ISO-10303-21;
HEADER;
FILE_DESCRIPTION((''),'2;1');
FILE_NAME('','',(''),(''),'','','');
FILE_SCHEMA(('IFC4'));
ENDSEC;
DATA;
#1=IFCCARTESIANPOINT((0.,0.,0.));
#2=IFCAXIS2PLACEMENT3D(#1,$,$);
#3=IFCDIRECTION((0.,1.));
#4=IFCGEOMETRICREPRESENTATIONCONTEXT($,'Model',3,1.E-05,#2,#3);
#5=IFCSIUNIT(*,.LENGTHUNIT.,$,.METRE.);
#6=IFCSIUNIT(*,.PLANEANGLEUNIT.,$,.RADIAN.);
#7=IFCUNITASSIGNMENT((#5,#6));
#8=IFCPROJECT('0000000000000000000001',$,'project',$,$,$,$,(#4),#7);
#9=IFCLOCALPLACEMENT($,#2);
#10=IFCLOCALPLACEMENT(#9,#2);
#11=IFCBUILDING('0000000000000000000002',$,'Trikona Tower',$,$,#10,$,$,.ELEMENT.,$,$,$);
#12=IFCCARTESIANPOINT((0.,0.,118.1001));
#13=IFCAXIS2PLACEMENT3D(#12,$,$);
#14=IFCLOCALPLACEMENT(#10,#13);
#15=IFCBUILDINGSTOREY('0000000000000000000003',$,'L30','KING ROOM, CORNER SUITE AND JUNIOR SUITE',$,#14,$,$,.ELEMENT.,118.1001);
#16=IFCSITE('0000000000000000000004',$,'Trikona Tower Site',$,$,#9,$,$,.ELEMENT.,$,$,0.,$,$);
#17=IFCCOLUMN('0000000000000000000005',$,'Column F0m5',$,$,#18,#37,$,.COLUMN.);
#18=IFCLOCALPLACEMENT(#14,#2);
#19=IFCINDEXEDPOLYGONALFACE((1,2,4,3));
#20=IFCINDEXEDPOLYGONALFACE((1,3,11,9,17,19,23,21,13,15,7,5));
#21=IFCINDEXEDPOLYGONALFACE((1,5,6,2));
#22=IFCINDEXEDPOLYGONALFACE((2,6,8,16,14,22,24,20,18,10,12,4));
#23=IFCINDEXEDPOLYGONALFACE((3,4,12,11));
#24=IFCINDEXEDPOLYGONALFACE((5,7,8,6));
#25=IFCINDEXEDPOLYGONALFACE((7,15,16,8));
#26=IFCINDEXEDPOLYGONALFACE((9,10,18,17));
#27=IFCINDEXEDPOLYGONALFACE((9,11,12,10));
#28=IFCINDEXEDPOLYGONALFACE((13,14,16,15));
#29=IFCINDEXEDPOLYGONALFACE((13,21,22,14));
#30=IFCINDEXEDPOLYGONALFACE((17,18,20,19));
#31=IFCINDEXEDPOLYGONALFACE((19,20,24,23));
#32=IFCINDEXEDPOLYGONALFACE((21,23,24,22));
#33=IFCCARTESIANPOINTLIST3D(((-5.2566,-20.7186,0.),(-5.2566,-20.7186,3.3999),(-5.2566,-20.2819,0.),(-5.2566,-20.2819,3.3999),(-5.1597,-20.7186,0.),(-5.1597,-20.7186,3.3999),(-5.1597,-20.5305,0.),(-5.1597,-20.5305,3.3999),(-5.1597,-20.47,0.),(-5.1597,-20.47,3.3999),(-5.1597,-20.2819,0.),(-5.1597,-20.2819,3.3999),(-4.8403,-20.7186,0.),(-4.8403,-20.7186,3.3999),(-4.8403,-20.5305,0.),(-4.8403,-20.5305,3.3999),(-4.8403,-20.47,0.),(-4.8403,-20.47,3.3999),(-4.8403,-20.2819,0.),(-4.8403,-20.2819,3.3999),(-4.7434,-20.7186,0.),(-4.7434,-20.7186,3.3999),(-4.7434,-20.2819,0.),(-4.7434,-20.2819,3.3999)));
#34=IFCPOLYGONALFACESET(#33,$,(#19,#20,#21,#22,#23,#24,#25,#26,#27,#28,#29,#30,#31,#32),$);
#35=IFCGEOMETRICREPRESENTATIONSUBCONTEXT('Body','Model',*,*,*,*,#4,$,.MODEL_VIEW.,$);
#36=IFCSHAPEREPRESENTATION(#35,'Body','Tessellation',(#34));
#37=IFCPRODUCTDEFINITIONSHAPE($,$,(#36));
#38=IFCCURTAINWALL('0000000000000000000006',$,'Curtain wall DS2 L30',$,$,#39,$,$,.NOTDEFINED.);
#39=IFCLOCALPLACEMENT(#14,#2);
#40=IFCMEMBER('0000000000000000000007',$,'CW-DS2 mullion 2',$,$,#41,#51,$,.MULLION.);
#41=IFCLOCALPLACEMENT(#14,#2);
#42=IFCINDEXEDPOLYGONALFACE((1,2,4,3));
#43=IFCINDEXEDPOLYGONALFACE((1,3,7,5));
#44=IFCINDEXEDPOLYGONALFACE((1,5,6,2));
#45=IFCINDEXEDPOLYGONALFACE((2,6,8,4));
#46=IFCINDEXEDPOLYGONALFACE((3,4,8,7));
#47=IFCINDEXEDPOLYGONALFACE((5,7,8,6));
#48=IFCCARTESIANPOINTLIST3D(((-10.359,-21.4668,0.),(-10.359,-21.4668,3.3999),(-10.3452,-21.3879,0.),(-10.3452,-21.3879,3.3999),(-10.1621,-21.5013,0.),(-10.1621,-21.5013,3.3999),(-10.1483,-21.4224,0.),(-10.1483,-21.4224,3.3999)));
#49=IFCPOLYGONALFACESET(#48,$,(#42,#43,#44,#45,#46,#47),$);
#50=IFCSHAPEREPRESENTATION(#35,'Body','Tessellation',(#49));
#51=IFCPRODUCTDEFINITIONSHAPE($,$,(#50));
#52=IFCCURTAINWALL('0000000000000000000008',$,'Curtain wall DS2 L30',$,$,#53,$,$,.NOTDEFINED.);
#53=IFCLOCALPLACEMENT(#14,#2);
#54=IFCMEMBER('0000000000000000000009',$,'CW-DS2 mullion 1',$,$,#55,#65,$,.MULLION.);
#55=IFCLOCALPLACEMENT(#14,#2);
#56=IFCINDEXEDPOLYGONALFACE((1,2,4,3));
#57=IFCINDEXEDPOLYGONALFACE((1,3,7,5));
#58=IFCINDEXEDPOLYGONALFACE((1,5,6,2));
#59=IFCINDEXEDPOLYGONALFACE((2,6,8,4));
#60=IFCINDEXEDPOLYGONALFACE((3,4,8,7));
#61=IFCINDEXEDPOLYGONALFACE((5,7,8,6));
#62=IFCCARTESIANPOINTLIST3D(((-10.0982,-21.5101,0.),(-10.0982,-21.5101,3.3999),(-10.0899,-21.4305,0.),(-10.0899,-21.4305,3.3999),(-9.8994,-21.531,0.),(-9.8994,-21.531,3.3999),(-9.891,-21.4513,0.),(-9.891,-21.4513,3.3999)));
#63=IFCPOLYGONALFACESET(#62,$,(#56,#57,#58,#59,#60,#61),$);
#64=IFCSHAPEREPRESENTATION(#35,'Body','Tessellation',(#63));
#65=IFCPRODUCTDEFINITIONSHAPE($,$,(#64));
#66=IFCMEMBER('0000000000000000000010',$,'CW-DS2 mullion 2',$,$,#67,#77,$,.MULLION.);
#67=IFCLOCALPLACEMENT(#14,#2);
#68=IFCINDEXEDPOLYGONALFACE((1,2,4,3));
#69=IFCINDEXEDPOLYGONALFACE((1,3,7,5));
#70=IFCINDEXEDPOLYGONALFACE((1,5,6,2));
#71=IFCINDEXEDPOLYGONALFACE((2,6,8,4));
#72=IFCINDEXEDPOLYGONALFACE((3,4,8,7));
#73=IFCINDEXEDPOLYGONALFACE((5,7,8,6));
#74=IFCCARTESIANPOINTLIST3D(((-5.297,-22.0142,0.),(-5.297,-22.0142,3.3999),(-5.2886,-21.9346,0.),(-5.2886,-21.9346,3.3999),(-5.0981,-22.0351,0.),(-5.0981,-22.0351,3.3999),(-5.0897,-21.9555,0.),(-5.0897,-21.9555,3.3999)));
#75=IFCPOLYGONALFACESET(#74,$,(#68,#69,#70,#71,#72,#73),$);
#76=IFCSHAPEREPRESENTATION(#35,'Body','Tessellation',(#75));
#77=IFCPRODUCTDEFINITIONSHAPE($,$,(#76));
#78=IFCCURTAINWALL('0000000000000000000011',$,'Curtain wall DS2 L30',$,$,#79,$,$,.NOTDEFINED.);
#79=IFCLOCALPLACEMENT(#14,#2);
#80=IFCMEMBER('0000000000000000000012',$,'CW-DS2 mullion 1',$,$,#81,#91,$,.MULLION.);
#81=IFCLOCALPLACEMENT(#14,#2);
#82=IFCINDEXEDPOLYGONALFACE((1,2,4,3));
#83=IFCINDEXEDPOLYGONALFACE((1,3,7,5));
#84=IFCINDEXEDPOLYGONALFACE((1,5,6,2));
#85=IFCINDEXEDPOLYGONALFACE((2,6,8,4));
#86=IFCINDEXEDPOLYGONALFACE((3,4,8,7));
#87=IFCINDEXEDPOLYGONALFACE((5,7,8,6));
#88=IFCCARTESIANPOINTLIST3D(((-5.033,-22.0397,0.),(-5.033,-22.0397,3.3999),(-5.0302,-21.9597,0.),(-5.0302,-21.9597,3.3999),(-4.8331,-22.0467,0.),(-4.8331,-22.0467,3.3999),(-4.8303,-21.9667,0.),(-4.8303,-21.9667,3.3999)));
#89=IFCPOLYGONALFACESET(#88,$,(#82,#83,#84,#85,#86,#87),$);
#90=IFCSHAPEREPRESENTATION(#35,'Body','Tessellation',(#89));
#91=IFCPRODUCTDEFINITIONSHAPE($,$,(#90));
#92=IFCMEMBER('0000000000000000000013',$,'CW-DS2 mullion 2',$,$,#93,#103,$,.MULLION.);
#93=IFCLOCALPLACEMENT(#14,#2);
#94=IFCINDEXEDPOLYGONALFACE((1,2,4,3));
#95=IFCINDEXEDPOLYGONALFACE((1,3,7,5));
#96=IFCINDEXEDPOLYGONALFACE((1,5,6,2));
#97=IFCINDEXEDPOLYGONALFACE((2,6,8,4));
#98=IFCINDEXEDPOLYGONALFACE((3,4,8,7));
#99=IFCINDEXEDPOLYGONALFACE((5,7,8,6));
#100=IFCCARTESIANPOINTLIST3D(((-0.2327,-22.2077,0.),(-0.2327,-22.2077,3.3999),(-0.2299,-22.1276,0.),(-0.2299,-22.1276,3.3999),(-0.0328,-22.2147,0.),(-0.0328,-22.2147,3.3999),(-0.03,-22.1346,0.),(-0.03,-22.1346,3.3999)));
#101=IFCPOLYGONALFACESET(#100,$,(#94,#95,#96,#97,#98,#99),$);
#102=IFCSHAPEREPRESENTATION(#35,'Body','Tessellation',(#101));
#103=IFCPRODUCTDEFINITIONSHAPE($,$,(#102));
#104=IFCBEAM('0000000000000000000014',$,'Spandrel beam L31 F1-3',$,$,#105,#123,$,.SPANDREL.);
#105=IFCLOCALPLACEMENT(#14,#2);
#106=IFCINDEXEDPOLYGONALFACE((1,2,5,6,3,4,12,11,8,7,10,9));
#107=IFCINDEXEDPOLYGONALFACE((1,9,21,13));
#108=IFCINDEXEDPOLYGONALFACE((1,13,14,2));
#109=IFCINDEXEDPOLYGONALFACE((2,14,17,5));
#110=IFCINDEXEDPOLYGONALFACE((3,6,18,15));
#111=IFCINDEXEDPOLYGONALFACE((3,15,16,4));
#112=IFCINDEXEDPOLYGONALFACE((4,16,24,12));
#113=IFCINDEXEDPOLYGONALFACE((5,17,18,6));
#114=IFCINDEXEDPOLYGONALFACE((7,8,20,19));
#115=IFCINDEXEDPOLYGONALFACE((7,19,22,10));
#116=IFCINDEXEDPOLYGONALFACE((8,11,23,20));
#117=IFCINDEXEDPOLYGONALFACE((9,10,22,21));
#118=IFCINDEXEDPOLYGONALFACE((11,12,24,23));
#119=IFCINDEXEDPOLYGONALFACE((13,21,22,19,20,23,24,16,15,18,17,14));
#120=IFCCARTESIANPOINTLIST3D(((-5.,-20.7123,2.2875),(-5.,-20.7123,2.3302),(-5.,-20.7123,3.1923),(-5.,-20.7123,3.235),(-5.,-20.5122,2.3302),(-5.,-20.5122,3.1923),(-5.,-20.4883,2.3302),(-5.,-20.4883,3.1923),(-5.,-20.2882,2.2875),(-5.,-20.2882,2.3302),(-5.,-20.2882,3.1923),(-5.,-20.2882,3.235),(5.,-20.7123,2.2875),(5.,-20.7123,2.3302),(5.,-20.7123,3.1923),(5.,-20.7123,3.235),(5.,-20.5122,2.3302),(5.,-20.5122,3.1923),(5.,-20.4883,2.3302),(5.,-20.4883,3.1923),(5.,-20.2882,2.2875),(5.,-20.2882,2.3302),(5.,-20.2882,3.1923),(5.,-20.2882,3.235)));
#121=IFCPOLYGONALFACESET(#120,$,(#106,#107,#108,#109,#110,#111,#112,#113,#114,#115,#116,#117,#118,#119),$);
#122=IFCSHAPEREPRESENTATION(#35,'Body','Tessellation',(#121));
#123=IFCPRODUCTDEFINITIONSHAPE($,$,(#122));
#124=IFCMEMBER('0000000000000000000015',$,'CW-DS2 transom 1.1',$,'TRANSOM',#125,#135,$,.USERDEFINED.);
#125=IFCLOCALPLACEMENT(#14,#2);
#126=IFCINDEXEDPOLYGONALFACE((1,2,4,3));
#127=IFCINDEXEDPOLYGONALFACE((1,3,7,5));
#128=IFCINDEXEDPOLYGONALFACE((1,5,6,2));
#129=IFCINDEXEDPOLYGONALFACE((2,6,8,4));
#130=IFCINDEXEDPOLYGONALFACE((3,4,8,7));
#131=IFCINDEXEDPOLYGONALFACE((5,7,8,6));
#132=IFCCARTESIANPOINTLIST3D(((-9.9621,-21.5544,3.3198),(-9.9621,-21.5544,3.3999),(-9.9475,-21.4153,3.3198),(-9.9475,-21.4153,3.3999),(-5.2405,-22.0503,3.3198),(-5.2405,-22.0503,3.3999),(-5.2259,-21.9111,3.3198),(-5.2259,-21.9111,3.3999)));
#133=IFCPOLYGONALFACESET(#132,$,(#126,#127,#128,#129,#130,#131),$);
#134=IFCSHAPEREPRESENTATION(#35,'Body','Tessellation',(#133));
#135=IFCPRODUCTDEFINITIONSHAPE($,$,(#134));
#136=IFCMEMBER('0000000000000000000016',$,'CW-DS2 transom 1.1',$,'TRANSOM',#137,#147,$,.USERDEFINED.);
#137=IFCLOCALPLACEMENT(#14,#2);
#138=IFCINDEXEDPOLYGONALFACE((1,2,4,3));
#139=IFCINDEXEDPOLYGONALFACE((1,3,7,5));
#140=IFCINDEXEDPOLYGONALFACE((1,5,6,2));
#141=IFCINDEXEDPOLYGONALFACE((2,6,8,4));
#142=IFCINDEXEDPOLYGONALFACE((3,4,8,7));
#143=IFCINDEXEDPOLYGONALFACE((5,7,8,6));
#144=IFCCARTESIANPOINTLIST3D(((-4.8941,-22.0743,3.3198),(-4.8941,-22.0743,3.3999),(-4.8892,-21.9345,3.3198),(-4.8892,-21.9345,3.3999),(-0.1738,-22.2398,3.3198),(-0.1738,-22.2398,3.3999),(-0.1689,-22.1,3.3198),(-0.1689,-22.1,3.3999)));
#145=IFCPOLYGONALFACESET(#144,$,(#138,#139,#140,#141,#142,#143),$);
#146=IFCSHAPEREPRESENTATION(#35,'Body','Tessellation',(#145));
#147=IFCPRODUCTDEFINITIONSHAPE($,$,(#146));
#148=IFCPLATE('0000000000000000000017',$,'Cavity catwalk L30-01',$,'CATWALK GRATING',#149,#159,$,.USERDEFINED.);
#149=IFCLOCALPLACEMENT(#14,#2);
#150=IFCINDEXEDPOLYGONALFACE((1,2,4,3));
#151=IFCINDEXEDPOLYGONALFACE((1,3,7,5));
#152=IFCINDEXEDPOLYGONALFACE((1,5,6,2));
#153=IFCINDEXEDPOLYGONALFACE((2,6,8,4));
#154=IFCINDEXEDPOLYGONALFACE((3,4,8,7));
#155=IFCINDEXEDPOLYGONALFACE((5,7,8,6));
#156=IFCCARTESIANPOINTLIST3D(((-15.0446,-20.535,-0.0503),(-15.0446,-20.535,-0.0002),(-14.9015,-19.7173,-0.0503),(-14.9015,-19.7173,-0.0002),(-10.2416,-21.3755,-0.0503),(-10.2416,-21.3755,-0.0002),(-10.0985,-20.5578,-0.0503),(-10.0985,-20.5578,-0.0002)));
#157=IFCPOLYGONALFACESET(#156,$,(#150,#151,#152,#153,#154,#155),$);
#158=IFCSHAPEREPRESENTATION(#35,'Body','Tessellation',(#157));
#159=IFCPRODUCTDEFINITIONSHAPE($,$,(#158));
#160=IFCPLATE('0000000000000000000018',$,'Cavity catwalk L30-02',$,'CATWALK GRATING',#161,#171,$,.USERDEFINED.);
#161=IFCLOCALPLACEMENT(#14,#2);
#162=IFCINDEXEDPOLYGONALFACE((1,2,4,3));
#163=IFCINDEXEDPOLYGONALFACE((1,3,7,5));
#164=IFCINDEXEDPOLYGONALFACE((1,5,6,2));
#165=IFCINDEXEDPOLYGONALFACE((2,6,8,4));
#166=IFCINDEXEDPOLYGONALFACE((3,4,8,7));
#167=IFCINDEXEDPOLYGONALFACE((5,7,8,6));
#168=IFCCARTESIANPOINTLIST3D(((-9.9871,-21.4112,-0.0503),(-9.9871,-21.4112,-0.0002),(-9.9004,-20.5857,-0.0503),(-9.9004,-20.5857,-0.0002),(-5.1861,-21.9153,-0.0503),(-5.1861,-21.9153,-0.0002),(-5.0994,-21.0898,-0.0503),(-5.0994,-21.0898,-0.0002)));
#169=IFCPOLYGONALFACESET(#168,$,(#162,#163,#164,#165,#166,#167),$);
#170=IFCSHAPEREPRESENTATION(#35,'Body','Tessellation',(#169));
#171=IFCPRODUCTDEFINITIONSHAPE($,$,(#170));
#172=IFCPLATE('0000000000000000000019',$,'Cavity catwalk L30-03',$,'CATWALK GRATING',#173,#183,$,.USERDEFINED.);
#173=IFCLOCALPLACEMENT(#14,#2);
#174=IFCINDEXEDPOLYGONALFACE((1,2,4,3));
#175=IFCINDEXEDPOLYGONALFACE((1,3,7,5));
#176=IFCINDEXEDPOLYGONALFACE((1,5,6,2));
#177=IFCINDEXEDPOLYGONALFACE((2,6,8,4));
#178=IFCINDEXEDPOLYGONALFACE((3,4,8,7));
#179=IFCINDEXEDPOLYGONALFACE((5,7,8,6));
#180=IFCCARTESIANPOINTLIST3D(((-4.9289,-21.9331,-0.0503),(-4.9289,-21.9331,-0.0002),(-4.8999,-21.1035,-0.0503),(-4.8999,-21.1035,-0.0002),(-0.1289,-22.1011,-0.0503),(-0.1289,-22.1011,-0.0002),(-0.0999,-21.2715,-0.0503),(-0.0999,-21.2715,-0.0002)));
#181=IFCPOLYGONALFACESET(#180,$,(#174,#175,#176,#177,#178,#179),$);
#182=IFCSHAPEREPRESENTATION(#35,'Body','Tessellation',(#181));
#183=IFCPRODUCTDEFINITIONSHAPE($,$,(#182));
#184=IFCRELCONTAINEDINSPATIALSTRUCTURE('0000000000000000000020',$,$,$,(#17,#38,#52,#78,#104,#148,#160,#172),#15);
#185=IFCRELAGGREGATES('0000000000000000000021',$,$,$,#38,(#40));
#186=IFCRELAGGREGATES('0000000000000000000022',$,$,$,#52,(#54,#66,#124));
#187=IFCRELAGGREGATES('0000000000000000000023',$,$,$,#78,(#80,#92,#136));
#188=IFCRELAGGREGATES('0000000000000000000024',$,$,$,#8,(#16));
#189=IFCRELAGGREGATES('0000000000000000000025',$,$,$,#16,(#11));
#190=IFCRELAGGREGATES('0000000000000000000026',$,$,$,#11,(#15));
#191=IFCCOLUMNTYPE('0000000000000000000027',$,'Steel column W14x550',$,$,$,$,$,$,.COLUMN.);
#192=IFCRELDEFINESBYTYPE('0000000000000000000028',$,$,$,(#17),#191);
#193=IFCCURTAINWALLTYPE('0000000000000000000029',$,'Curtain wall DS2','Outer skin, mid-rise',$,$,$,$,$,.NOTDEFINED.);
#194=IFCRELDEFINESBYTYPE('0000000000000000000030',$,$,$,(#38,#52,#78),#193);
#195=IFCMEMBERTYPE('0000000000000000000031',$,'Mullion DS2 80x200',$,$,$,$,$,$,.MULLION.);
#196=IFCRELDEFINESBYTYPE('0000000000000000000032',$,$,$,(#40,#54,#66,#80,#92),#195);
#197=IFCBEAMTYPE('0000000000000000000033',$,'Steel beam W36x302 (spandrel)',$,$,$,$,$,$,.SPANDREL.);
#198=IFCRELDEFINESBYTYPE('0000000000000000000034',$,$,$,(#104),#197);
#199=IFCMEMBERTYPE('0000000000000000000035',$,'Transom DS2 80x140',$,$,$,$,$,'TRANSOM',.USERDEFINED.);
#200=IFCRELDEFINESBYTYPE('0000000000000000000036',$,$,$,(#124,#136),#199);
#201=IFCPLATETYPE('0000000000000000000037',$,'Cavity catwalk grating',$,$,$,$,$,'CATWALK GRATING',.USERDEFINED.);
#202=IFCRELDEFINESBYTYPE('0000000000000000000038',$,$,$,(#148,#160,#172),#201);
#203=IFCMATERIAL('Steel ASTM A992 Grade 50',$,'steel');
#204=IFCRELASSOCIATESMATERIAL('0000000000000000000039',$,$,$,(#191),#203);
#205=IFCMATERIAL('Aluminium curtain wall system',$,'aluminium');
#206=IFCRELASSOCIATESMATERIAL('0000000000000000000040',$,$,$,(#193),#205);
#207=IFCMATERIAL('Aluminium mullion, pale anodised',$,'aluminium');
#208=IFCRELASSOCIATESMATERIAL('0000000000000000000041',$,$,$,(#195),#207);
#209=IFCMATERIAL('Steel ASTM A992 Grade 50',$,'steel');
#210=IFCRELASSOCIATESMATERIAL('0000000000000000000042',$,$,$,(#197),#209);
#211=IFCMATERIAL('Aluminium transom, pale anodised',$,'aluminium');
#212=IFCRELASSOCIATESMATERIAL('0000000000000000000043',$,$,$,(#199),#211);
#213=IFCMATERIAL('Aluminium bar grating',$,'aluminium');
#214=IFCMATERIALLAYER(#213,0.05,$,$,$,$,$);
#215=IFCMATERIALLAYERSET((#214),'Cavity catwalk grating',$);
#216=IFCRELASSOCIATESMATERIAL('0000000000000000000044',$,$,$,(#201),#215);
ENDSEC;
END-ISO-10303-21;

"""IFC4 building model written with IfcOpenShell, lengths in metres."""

from ifc_helpers import new_model, si_unit, direction, frame, origin, origin_2d, place, context, subcontext, project, spatial, rectangle, i_section, extrude, material, layer, layer_set, material_profile, profile_set, type_object, element, aggregate, save


model = new_model("IFC4")

# Units and contexts
model_context = context("Model", 3, precision=1e-05, world=origin(), true_north=direction((0.0, 1.0)))
body_context = subcontext(model_context, "Body", "Model", "MODEL_VIEW")
ifc_project = project(units=[si_unit("LENGTHUNIT", "METRE"), si_unit("PLANEANGLEUNIT", "RADIAN")], contexts=[model_context])

# Site, building, storey
site_placement = place(None, origin())
site = spatial("IfcSite", under=ifc_project, at=site_placement, Name="Trikona Tower Site", CompositionType="ELEMENT", RefElevation=0.0)
building_placement = place(site_placement, origin())
building = spatial("IfcBuilding", under=site, at=building_placement, Name="Trikona Tower", CompositionType="ELEMENT")
storey_placement = place(building_placement, frame((0.0, 0.0, 118.1001)))
storey = spatial("IfcBuildingStorey", under=building, at=storey_placement, Name="L30", Description="KING ROOM, CORNER SUITE AND JUNIOR SUITE", CompositionType="ELEMENT", Elevation=118.1001)

# Column
ifc_material_1 = material(Name="Steel ASTM A992 Grade 50", Category="steel")
ifc_material_profile_1 = material_profile(ifc_material_1, i_section(OverallWidth=0.4368, OverallDepth=0.5132, WebThickness=0.0605, FlangeThickness=0.0969, at=origin_2d()), Name="W14X550")
ifc_profile_set_1 = profile_set([ifc_material_profile_1], Name="Steel ASTM A992 Grade 50")
column_type = type_object("IfcColumnType", Name="Steel column W14x550", PredefinedType="COLUMN", material=ifc_profile_set_1)
column_placement = place(storey_placement, frame((-5.0, -20.5002, 0.0), z_axis=(0.0, 0.0, 1.0), x_axis=(0.0, -1.0, 0.0)))
element("IfcColumn", 1, at=column_placement, inside=storey, type_object=column_type, Name="Column F0m5", PredefinedType="COLUMN", context=body_context, shape_type="SweptSolid", body=[
    extrude(i_section(OverallWidth=0.4368, OverallDepth=0.5132, WebThickness=0.0605, FlangeThickness=0.0969, at=origin_2d()), origin(), (0.0, 0.0, 1.0), 3.3999),
])

# Curtain wall, member
ifc_material_2 = material(Name="Aluminium curtain wall system", Category="aluminium")
curtain_wall_type = type_object("IfcCurtainWallType", Name="Curtain wall DS2", Description="Outer skin, mid-rise", PredefinedType="NOTDEFINED", material=ifc_material_2)
curtain_wall_1_placement = place(storey_placement, origin())
curtain_wall_1 = element("IfcCurtainWall", 2, at=curtain_wall_1_placement, inside=storey, type_object=curtain_wall_type, Name="Curtain wall DS2 L30", PredefinedType="NOTDEFINED")
ifc_material_3 = material(Name="Aluminium mullion, pale anodised", Category="aluminium")
ifc_material_profile_2 = material_profile(ifc_material_3, rectangle(XDim=0.0801, YDim=0.2, at=origin_2d()), Name="MUL-DS2")
ifc_profile_set_2 = profile_set([ifc_material_profile_2], Name="Aluminium mullion, pale anodised")
member_type_1 = type_object("IfcMemberType", Name="Mullion DS2 80x200", PredefinedType="MULLION", material=ifc_profile_set_2)
member_1_placement = place(storey_placement, frame((-10.2537, -21.4446, 0.0), z_axis=(0.0, 0.0, 1.0), x_axis=(0.172377, 0.985031, 0.0)))
member_1 = element("IfcMember", 3, at=member_1_placement, type_object=member_type_1, Name="CW-DS2 mullion 2", PredefinedType="MULLION", context=body_context, shape_type="SweptSolid", body=[
    extrude(rectangle(XDim=0.0801, YDim=0.2, at=origin_2d()), origin(), (0.0, 0.0, 1.0), 3.3999),
])

# Curtain walls, members
curtain_wall_2_placement = place(storey_placement, origin())
curtain_wall_2 = element("IfcCurtainWall", 4, at=curtain_wall_2_placement, inside=storey, type_object=curtain_wall_type, Name="Curtain wall DS2 L30", PredefinedType="NOTDEFINED")
member_2_placement = place(storey_placement, frame((-9.9946, -21.4807, 0.0), z_axis=(0.0, 0.0, 1.0), x_axis=(0.104433, 0.994532, 0.0)))
member_2 = element("IfcMember", 5, at=member_2_placement, type_object=member_type_1, Name="CW-DS2 mullion 1", PredefinedType="MULLION", context=body_context, shape_type="SweptSolid", body=[
    extrude(rectangle(XDim=0.0801, YDim=0.2, at=origin_2d()), origin(), (0.0, 0.0, 1.0), 3.3999),
])
member_3_placement = place(storey_placement, frame((-5.1934, -21.9849, 0.0), z_axis=(0.0, 0.0, 1.0), x_axis=(0.104433, 0.994532, 0.0)))
member_3 = element("IfcMember", 6, at=member_3_placement, type_object=member_type_1, Name="CW-DS2 mullion 2", PredefinedType="MULLION", context=body_context, shape_type="SweptSolid", body=[
    extrude(rectangle(XDim=0.0801, YDim=0.2, at=origin_2d()), origin(), (0.0, 0.0, 1.0), 3.3999),
])
curtain_wall_3_placement = place(storey_placement, origin())
curtain_wall_3 = element("IfcCurtainWall", 7, at=curtain_wall_3_placement, inside=storey, type_object=curtain_wall_type, Name="Curtain wall DS2 L30", PredefinedType="NOTDEFINED")
member_4_placement = place(storey_placement, frame((-4.9316, -22.0032, 0.0), z_axis=(0.0, 0.0, 1.0), x_axis=(0.034998, 0.999387, 0.0)))
member_4 = element("IfcMember", 8, at=member_4_placement, type_object=member_type_1, Name="CW-DS2 mullion 1", PredefinedType="MULLION", context=body_context, shape_type="SweptSolid", body=[
    extrude(rectangle(XDim=0.0801, YDim=0.2, at=origin_2d()), origin(), (0.0, 0.0, 1.0), 3.3999),
])
member_5_placement = place(storey_placement, frame((-0.1313, -22.1711, 0.0), z_axis=(0.0, 0.0, 1.0), x_axis=(0.034998, 0.999387, 0.0)))
member_5 = element("IfcMember", 9, at=member_5_placement, type_object=member_type_1, Name="CW-DS2 mullion 2", PredefinedType="MULLION", context=body_context, shape_type="SweptSolid", body=[
    extrude(rectangle(XDim=0.0801, YDim=0.2, at=origin_2d()), origin(), (0.0, 0.0, 1.0), 3.3999),
])

# Beam
ifc_material_4 = material(Name="Steel ASTM A992 Grade 50", Category="steel")
ifc_material_profile_3 = material_profile(ifc_material_4, i_section(OverallWidth=0.4241, OverallDepth=0.9475, WebThickness=0.0239, FlangeThickness=0.0427, at=origin_2d()), Name="W36X302")
ifc_profile_set_3 = profile_set([ifc_material_profile_3], Name="Steel ASTM A992 Grade 50")
beam_type = type_object("IfcBeamType", Name="Steel beam W36x302 (spandrel)", PredefinedType="SPANDREL", material=ifc_profile_set_3)
beam_placement = place(storey_placement, frame((-5.0, -20.5002, 2.7612), z_axis=(1.0, 0.0, 0.0), x_axis=(0.0, 1.0, 0.0)))
element("IfcBeam", 10, at=beam_placement, inside=storey, type_object=beam_type, Name="Spandrel beam L31 F1-3", PredefinedType="SPANDREL", context=body_context, shape_type="SweptSolid", body=[
    extrude(i_section(OverallWidth=0.4241, OverallDepth=0.9475, WebThickness=0.0239, FlangeThickness=0.0427, at=origin_2d()), origin(), (0.0, 0.0, 1.0), 10.0),
])

# Members
ifc_material_5 = material(Name="Aluminium transom, pale anodised", Category="aluminium")
ifc_material_profile_4 = material_profile(ifc_material_5, rectangle(XDim=0.1399, YDim=0.0801, at=origin_2d()), Name="TRN-DS2")
ifc_profile_set_4 = profile_set([ifc_material_profile_4], Name="Aluminium transom, pale anodised")
member_type_2 = type_object("IfcMemberType", Name="Transom DS2 80x140", ElementType="TRANSOM", PredefinedType="USERDEFINED", material=ifc_profile_set_4)
member_6_placement = place(storey_placement, frame((-9.9548, -21.4849, 3.3599), z_axis=(0.994531, -0.104441, 0.0), x_axis=(0.104441, 0.994531, 0.0)))
member_6 = element("IfcMember", 11, at=member_6_placement, type_object=member_type_2, Name="CW-DS2 transom 1.1", ObjectType="TRANSOM", PredefinedType="USERDEFINED", context=body_context, shape_type="SweptSolid", body=[
    extrude(rectangle(XDim=0.1399, YDim=0.0801, at=origin_2d()), origin(), (0.0, 0.0, 1.0), 4.7476),
])
member_7_placement = place(storey_placement, frame((-4.8916, -22.0044, 3.3599), z_axis=(0.999386, -0.035046, 0.0), x_axis=(0.035046, 0.999386, 0.0)))
member_7 = element("IfcMember", 12, at=member_7_placement, type_object=member_type_2, Name="CW-DS2 transom 1.1", ObjectType="TRANSOM", PredefinedType="USERDEFINED", context=body_context, shape_type="SweptSolid", body=[
    extrude(rectangle(XDim=0.1399, YDim=0.0801, at=origin_2d()), origin(), (0.0, 0.0, 1.0), 4.7231),
])

# Plates
ifc_material_6 = material(Name="Aluminium bar grating", Category="aluminium")
ifc_layer_1 = layer(ifc_material_6, 0.05)
ifc_layer_set_1 = layer_set([ifc_layer_1], Name="Cavity catwalk grating")
plate_type_1 = type_object("IfcPlateType", Name="Cavity catwalk grating", ElementType="CATWALK GRATING", PredefinedType="USERDEFINED", material=ifc_layer_set_1)
plate_1_placement = place(storey_placement, frame((-12.5715, -20.5464, -0.0503), z_axis=(0.0, 0.0, 1.0), x_axis=(0.985031, -0.17238, 0.0)))
element("IfcPlate", 13, at=plate_1_placement, inside=storey, type_object=plate_type_1, Name="Cavity catwalk L30-01", ObjectType="CATWALK GRATING", PredefinedType="USERDEFINED", context=body_context, shape_type="SweptSolid", body=[
    extrude(rectangle(XDim=4.876, YDim=0.8301, at=origin_2d()), origin(), (0.0, 0.0, 1.0), 0.05),
])
plate_2_placement = place(storey_placement, frame((-7.5432, -21.2505, -0.0503), z_axis=(0.0, 0.0, 1.0), x_axis=(0.994533, -0.104426, 0.0)))
element("IfcPlate", 14, at=plate_2_placement, inside=storey, type_object=plate_type_1, Name="Cavity catwalk L30-02", ObjectType="CATWALK GRATING", PredefinedType="USERDEFINED", context=body_context, shape_type="SweptSolid", body=[
    extrude(rectangle(XDim=4.8274, YDim=0.8301, at=origin_2d()), origin(), (0.0, 0.0, 1.0), 0.05),
])
plate_3_placement = place(storey_placement, frame((-2.5144, -21.6023, -0.0503), z_axis=(0.0, 0.0, 1.0), x_axis=(0.999388, -0.034978, 0.0)))
element("IfcPlate", 15, at=plate_3_placement, inside=storey, type_object=plate_type_1, Name="Cavity catwalk L30-03", ObjectType="CATWALK GRATING", PredefinedType="USERDEFINED", context=body_context, shape_type="SweptSolid", body=[
    extrude(rectangle(XDim=4.803, YDim=0.8301, at=origin_2d()), origin(), (0.0, 0.0, 1.0), 0.05),
])

aggregate(curtain_wall_1, [member_1])
aggregate(curtain_wall_2, [member_2, member_3, member_6])
aggregate(curtain_wall_3, [member_4, member_5, member_7])

save(model, "model.ifc")
